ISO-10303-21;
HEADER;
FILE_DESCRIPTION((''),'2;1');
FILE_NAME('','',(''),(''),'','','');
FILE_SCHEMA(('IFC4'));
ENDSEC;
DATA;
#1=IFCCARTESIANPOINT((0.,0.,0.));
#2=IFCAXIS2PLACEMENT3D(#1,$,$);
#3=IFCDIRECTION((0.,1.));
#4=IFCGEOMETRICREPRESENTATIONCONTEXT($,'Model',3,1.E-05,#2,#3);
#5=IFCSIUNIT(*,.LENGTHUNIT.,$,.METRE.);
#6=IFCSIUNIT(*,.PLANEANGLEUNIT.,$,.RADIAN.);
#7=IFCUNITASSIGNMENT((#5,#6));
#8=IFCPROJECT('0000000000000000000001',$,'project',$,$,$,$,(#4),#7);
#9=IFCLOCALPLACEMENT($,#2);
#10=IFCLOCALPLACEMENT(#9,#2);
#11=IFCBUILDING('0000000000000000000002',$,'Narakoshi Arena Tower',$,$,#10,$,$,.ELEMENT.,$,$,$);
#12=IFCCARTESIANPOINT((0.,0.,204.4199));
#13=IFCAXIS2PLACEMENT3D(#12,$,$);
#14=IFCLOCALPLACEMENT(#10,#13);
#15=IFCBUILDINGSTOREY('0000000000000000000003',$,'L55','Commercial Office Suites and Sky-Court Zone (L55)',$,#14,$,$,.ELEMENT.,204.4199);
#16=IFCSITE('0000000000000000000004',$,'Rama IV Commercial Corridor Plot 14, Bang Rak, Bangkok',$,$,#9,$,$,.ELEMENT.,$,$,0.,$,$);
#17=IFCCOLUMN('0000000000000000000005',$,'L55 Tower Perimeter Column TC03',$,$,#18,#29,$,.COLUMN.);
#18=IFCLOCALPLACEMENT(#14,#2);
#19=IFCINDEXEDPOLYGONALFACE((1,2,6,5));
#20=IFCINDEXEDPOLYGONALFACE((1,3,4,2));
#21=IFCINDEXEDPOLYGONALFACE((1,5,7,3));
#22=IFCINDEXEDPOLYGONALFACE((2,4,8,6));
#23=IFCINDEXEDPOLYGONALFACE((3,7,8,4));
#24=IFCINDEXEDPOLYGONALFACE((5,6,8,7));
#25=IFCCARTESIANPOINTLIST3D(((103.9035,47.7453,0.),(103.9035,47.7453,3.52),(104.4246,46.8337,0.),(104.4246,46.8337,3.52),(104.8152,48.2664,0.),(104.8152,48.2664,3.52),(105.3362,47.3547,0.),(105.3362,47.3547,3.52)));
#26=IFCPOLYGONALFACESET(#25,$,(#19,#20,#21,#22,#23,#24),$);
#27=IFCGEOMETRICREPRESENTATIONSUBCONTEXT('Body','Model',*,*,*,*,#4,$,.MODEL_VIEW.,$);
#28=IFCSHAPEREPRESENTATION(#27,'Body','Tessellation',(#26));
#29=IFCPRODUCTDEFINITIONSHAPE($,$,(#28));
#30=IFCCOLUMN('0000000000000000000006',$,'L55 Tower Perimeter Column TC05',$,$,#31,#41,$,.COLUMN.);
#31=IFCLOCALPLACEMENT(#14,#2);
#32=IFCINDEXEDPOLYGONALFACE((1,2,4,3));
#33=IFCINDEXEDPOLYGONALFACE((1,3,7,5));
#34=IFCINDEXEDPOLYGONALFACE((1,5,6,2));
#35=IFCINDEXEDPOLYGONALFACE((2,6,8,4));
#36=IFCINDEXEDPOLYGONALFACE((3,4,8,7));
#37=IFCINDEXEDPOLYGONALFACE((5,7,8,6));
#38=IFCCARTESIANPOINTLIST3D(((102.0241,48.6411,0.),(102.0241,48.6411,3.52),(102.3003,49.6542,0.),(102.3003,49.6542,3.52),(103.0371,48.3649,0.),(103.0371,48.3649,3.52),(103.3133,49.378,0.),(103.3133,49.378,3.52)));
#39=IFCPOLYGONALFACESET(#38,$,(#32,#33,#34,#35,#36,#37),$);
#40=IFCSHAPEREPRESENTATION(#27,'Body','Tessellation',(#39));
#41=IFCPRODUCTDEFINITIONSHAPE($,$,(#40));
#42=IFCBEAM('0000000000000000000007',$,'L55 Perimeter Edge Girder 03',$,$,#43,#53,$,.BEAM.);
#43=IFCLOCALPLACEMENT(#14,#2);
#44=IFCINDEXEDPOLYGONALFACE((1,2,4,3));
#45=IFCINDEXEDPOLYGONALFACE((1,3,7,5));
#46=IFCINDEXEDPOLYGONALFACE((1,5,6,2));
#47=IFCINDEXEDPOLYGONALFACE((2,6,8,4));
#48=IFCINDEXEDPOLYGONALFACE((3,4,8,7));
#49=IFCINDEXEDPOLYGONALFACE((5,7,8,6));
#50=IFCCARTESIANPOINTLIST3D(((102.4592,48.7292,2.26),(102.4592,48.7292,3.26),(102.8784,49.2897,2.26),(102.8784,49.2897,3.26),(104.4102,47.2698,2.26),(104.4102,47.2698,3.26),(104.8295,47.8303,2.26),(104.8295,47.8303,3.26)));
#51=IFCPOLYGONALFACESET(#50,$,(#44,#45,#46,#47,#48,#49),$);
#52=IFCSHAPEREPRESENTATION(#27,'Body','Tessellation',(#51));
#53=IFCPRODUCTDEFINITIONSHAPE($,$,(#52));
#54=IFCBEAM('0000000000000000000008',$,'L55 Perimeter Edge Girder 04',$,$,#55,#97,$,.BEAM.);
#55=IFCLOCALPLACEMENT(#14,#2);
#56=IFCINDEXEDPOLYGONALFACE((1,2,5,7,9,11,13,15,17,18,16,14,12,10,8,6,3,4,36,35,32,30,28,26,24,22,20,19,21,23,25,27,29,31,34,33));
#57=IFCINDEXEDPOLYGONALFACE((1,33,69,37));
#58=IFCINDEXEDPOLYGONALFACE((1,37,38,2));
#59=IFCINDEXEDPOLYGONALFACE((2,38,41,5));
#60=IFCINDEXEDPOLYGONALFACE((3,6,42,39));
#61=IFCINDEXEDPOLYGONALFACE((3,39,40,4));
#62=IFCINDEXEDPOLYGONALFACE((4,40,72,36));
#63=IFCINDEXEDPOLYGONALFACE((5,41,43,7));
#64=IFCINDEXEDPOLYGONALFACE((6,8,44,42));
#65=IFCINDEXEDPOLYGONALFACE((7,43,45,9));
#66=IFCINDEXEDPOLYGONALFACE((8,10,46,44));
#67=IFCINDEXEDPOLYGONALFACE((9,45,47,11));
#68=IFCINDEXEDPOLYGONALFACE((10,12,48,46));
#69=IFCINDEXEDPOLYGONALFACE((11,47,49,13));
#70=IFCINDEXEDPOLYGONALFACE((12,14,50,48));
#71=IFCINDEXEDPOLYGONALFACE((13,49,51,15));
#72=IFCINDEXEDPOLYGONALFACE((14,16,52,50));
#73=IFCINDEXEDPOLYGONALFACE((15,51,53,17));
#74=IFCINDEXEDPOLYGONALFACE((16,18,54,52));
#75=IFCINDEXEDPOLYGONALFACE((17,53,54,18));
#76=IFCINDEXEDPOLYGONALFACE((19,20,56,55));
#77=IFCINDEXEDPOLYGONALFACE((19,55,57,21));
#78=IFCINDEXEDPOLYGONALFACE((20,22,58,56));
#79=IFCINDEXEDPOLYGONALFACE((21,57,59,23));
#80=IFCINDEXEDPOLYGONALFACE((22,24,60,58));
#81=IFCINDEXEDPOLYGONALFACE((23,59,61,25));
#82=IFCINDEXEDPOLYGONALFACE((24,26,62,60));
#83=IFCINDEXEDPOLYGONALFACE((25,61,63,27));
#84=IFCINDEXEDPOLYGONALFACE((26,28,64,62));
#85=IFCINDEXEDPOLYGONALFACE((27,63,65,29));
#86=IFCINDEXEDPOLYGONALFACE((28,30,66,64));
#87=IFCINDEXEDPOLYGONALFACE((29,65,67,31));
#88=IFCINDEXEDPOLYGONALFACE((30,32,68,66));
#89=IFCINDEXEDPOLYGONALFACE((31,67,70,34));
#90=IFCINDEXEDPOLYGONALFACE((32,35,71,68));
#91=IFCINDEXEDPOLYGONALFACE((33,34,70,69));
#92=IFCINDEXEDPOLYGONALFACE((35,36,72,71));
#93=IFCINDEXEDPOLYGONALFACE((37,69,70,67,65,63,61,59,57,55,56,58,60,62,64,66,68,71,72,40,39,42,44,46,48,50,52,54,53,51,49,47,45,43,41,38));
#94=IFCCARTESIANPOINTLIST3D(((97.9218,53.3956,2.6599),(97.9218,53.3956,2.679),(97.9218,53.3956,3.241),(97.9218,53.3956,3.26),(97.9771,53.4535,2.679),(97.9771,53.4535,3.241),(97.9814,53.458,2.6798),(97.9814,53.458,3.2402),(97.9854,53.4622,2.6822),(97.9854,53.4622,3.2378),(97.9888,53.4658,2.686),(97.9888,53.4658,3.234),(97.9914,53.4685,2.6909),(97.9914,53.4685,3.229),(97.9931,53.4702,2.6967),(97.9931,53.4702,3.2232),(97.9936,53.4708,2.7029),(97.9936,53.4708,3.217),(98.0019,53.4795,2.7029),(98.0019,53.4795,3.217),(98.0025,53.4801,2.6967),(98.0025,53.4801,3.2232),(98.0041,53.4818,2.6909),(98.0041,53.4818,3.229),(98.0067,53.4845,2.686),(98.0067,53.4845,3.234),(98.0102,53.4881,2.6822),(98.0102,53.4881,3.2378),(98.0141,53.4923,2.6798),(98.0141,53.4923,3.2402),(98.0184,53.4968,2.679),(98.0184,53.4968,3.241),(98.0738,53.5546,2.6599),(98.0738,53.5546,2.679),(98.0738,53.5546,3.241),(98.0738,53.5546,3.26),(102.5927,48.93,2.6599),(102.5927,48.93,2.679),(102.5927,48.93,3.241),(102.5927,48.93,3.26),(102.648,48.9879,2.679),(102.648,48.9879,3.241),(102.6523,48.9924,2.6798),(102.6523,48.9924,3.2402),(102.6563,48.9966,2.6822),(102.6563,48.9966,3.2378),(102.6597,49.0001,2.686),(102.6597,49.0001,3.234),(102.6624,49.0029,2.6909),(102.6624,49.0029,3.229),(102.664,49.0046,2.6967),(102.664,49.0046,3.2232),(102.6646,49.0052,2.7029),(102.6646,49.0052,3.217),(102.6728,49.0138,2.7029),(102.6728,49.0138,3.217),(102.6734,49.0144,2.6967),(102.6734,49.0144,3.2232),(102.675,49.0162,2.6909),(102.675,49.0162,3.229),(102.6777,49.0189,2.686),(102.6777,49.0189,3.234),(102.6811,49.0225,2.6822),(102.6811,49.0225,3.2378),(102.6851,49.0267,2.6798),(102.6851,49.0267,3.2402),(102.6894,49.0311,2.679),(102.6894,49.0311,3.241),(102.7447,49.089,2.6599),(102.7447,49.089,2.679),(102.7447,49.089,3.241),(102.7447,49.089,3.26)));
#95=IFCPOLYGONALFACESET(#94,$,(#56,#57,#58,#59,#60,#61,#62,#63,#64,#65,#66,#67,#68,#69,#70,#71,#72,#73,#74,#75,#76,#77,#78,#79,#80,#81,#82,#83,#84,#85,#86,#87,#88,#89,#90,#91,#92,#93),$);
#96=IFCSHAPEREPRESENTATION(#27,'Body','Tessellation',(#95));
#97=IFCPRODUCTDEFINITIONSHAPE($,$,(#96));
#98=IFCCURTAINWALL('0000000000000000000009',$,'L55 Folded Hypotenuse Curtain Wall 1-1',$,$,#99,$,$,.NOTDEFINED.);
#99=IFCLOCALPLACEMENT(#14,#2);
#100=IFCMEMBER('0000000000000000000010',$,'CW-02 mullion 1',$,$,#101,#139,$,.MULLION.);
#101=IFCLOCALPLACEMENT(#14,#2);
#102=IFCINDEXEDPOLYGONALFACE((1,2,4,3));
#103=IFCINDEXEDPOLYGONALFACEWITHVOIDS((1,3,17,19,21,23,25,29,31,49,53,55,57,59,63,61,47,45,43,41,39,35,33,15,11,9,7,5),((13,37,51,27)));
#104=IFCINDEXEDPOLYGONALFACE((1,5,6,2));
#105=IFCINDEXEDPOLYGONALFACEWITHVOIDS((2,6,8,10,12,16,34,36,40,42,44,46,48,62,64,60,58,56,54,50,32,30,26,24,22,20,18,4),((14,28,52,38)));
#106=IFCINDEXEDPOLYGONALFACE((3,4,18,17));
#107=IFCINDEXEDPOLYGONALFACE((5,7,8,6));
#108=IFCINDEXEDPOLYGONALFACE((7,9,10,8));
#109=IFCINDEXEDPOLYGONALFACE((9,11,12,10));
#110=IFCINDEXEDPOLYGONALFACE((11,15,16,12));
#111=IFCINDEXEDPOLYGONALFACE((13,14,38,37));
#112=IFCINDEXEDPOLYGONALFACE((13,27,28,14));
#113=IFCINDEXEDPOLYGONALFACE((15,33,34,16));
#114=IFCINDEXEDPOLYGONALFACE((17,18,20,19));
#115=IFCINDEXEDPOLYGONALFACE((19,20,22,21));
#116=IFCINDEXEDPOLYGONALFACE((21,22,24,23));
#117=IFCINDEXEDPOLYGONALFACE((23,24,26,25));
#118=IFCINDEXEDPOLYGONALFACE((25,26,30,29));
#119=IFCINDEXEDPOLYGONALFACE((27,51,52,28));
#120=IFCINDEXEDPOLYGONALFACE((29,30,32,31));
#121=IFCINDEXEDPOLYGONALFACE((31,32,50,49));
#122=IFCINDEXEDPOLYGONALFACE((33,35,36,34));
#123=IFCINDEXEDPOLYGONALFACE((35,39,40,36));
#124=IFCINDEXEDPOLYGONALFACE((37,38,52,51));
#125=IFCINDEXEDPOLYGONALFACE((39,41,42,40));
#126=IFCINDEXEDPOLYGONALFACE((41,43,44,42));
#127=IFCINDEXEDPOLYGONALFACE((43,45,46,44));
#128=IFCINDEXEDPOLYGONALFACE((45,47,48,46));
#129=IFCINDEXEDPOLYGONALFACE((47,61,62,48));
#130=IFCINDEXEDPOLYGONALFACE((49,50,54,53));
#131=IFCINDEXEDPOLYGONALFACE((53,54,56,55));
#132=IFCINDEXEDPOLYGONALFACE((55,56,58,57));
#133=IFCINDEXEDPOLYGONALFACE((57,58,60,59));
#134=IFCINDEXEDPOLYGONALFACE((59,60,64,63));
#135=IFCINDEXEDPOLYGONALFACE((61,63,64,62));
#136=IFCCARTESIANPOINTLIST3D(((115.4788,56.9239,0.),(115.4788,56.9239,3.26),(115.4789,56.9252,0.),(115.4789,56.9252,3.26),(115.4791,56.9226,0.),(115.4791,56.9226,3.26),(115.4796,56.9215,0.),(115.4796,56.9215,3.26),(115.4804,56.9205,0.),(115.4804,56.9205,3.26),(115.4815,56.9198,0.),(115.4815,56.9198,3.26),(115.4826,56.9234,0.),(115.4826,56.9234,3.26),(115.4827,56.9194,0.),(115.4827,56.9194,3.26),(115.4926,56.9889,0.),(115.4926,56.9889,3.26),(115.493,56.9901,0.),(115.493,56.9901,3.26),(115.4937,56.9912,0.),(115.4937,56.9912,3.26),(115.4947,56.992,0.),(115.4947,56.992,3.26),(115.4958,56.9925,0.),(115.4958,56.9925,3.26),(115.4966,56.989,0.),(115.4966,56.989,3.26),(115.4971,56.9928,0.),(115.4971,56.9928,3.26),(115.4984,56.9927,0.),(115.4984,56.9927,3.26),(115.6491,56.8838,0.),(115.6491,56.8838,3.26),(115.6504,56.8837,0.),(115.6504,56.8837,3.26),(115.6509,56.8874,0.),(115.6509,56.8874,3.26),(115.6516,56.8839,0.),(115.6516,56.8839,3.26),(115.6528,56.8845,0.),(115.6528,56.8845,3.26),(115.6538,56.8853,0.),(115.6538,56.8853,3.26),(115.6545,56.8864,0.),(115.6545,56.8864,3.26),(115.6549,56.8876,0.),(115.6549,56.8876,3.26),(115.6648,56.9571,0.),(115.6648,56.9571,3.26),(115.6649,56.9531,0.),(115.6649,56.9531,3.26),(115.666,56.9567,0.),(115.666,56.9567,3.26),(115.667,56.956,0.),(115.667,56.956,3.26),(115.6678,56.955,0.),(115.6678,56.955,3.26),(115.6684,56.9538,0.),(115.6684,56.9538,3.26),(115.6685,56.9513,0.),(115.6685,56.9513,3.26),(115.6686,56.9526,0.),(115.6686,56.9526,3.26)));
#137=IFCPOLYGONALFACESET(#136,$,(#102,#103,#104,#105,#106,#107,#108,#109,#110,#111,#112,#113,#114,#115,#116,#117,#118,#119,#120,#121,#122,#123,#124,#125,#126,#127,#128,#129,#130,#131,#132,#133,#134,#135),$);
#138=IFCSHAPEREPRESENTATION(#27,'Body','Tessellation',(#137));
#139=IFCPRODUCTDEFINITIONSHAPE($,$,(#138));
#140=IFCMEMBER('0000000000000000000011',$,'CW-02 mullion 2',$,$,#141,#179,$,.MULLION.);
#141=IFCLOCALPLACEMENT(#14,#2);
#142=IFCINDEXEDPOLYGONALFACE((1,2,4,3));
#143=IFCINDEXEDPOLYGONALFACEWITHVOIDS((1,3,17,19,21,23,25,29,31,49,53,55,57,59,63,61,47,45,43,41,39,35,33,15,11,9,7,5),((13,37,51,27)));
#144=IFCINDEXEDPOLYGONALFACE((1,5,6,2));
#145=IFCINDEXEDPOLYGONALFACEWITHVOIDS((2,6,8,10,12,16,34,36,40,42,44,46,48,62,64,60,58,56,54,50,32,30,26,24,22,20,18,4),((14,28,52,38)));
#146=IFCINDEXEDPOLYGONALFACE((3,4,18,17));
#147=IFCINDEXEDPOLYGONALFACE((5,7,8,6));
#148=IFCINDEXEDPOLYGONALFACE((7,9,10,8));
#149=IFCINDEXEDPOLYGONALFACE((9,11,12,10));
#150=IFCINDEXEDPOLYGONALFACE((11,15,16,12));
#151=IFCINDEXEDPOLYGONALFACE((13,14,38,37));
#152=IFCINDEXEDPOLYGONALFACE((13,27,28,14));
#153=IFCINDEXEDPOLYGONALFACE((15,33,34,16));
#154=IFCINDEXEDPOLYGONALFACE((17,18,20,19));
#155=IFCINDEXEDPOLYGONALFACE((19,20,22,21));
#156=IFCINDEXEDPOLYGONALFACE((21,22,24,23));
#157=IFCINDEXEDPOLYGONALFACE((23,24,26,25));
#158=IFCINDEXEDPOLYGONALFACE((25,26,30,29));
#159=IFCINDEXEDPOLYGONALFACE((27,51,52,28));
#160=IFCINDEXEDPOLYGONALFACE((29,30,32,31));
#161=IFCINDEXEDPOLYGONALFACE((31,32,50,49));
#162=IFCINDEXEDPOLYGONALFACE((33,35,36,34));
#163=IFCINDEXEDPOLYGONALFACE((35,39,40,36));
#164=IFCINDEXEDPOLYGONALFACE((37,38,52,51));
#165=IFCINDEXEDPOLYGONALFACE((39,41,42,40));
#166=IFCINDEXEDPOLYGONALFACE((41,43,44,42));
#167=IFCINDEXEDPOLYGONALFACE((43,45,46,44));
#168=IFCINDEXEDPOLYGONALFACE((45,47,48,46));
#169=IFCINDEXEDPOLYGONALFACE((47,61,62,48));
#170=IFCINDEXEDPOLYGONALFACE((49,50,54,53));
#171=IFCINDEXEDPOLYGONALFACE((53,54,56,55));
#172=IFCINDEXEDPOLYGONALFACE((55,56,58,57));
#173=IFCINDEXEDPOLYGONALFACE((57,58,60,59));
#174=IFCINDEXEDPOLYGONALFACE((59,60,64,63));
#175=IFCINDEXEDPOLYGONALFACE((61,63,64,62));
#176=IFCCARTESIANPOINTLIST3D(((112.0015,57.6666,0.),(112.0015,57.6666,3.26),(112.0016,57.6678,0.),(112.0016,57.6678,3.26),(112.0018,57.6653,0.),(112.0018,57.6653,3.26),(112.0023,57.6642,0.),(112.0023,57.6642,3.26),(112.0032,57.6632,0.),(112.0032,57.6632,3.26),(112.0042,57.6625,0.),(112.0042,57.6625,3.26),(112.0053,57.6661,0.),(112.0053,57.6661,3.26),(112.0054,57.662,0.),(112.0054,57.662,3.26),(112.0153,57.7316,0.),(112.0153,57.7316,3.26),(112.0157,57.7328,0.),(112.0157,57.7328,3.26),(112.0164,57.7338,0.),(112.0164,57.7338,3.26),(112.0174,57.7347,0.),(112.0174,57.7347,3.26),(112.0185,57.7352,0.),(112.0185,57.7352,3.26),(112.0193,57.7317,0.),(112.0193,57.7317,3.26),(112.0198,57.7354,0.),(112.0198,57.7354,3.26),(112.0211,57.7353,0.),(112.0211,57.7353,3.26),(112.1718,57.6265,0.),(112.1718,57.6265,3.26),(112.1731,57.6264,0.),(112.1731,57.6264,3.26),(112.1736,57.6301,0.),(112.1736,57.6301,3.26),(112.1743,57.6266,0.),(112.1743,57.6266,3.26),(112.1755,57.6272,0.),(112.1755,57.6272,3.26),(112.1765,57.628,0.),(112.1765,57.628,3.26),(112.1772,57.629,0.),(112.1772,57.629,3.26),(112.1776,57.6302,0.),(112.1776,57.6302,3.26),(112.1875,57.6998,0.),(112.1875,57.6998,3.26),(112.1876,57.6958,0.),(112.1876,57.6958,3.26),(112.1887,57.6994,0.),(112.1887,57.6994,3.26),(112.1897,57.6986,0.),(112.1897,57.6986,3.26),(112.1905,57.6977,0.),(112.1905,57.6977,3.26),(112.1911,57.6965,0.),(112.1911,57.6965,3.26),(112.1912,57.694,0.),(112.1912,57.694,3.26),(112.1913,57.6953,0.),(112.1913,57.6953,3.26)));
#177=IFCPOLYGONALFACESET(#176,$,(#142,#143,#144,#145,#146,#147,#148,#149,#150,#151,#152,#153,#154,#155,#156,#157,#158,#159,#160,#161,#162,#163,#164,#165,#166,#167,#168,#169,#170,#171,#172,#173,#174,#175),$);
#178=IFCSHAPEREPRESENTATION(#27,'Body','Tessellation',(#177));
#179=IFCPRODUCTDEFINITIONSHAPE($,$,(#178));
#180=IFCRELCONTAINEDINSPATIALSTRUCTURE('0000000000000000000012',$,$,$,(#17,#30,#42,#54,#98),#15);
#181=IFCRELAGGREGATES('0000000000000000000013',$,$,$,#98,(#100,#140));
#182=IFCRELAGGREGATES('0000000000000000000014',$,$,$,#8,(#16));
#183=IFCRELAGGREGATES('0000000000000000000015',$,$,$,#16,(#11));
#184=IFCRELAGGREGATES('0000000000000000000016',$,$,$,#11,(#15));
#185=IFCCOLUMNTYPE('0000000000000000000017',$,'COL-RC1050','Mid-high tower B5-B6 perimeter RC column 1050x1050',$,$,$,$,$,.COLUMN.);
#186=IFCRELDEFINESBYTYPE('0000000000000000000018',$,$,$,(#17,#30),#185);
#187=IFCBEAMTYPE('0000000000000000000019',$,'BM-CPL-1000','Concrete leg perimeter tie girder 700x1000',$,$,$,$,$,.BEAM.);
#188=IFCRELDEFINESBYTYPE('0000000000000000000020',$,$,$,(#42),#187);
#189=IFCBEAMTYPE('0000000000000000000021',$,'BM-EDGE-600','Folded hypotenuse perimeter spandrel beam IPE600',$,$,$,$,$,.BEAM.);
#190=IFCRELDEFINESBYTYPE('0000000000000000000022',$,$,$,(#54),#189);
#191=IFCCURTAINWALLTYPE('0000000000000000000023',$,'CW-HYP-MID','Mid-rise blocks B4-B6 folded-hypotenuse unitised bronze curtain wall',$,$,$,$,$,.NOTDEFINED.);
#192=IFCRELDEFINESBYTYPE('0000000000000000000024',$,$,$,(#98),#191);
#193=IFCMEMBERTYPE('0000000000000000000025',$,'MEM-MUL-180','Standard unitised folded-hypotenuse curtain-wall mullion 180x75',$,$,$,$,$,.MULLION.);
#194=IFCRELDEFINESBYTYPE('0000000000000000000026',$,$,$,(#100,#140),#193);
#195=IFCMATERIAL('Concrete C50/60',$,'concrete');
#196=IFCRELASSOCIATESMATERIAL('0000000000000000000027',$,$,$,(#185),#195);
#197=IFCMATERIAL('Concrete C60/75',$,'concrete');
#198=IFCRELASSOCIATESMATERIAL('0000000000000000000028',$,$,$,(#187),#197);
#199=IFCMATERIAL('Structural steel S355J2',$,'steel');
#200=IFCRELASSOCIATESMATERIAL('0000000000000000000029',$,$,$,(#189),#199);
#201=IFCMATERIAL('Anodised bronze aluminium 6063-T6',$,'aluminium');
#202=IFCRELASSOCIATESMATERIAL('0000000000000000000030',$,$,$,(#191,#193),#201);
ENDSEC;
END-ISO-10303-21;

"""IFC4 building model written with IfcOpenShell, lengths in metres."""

from ifc_helpers import new_model, si_unit, direction, frame, origin, origin_2d, place, context, subcontext, project, spatial, rectangle, hollow_rectangle, i_section, extrude, material, material_profile, profile_set, type_object, element, aggregate, save


model = new_model("IFC4")

# Units and contexts
model_context = context("Model", 3, precision=1e-05, world=origin(), true_north=direction((0.0, 1.0)))
body_context = subcontext(model_context, "Body", "Model", "MODEL_VIEW")
ifc_project = project(units=[si_unit("LENGTHUNIT", "METRE"), si_unit("PLANEANGLEUNIT", "RADIAN")], contexts=[model_context])

# Site, building, storey
site_placement = place(None, origin())
site = spatial("IfcSite", under=ifc_project, at=site_placement, Name="Rama IV Commercial Corridor Plot 14, Bang Rak, Bangkok", CompositionType="ELEMENT", RefElevation=0.0)
building_placement = place(site_placement, origin())
building = spatial("IfcBuilding", under=site, at=building_placement, Name="Narakoshi Arena Tower", CompositionType="ELEMENT")
storey_placement = place(building_placement, frame((0.0, 0.0, 204.4199)))
storey = spatial("IfcBuildingStorey", under=building, at=storey_placement, Name="L55", Description="Commercial Office Suites and Sky-Court Zone (L55)", CompositionType="ELEMENT", Elevation=204.4199)

# Columns
ifc_material_1 = material(Name="Concrete C50/60", Category="concrete")
ifc_material_profile_1 = material_profile(ifc_material_1, rectangle(XDim=1.05, YDim=1.05, at=origin_2d()), Name="RC1050x1050")
ifc_profile_set_1 = profile_set([ifc_material_profile_1], Name="Concrete C50/60")
column_type = type_object("IfcColumnType", Name="COL-RC1050", Description="Mid-high tower B5-B6 perimeter RC column 1050x1050", PredefinedType="COLUMN", material=ifc_profile_set_1)
for number, where, z_axis, x_axis, name in (
    (1, (104.6199, 47.55, 0.0), (0.0, 0.0, 1.0), (0.868199, 0.496217, 0.0), "L55 Tower Perimeter Column TC03"),
    (2, (102.6687, 49.0095, 0.0), (0.0, 0.0, 1.0), (0.263031, 0.964787, 0.0), "L55 Tower Perimeter Column TC05"),
):
    element("IfcColumn", number, at=place(storey_placement, frame(where, z_axis=z_axis, x_axis=x_axis)), inside=storey, type_object=column_type, Name=name, PredefinedType="COLUMN", context=body_context, shape_type="SweptSolid", body=[
        extrude(rectangle(XDim=1.05, YDim=1.05, at=origin_2d()), origin(), (0.0, 0.0, 1.0), 3.52),
    ])

# Beams
ifc_material_2 = material(Name="Concrete C60/75", Category="concrete")
ifc_material_profile_2 = material_profile(ifc_material_2, rectangle(XDim=0.7, YDim=1.0, at=origin_2d()), Name="RCB700x1000")
ifc_profile_set_2 = profile_set([ifc_material_profile_2], Name="Concrete C60/75")
beam_type_1 = type_object("IfcBeamType", Name="BM-CPL-1000", Description="Concrete leg perimeter tie girder 700x1000", PredefinedType="BEAM", material=ifc_profile_set_2)
beam_1_placement = place(storey_placement, frame((104.6199, 47.55, 2.76), z_axis=(-0.800769, 0.598973, 0.0), x_axis=(-0.598973, -0.800769, 0.0)))
element("IfcBeam", 3, at=beam_1_placement, inside=storey, type_object=beam_type_1, Name="L55 Perimeter Edge Girder 03", PredefinedType="BEAM", context=body_context, shape_type="SweptSolid", body=[
    extrude(rectangle(XDim=0.7, YDim=1.0, at=origin_2d()), origin(), (0.0, 0.0, 1.0), 2.4365),
])
ifc_material_3 = material(Name="Structural steel S355J2", Category="steel")
ifc_material_profile_3 = material_profile(ifc_material_3, i_section(OverallWidth=0.22, OverallDepth=0.6001, WebThickness=0.012, FlangeThickness=0.019, FilletRadius=0.0239, at=origin_2d()), Name="IPE600")
ifc_profile_set_3 = profile_set([ifc_material_profile_3], Name="Structural steel S355J2")
beam_type_2 = type_object("IfcBeamType", Name="BM-EDGE-600", Description="Folded hypotenuse perimeter spandrel beam IPE600", PredefinedType="BEAM", material=ifc_profile_set_3)
beam_2_placement = place(storey_placement, frame((102.6687, 49.0095, 2.96), z_axis=(-0.722815, 0.691042, 0.0), x_axis=(-0.691042, -0.722815, 0.0)))
element("IfcBeam", 4, at=beam_2_placement, inside=storey, type_object=beam_type_2, Name="L55 Perimeter Edge Girder 04", PredefinedType="BEAM", context=body_context, shape_type="SweptSolid", body=[
    extrude(i_section(OverallWidth=0.22, OverallDepth=0.6001, WebThickness=0.012, FlangeThickness=0.019, FilletRadius=0.0239, at=origin_2d()), origin(), (0.0, 0.0, 1.0), 6.4622),
])

# Curtain wall, members
ifc_material_4 = material(Name="Anodised bronze aluminium 6063-T6", Category="aluminium")
curtain_wall_type = type_object("IfcCurtainWallType", Name="CW-HYP-MID", Description="Mid-rise blocks B4-B6 folded-hypotenuse unitised bronze curtain wall", PredefinedType="NOTDEFINED", material=ifc_material_4)
curtain_wall_placement = place(storey_placement, origin())
curtain_wall = element("IfcCurtainWall", 5, at=curtain_wall_placement, inside=storey, type_object=curtain_wall_type, Name="L55 Folded Hypotenuse Curtain Wall 1-1", PredefinedType="NOTDEFINED")
ifc_material_profile_4 = material_profile(ifc_material_4, hollow_rectangle(XDim=0.075, YDim=0.1799, WallThickness=0.0039, OuterFilletRadius=0.0049, at=origin_2d()), Name="MUL180x75x4")
ifc_profile_set_4 = profile_set([ifc_material_profile_4], Name="Anodised bronze aluminium 6063-T6")
member_type_1 = type_object("IfcMemberType", Name="MEM-MUL-180", Description="Standard unitised folded-hypotenuse curtain-wall mullion 180x75", PredefinedType="MULLION", material=ifc_profile_set_4)
member_1_placement = place(storey_placement, frame((115.5737, 56.9382, 0.0), z_axis=(0.0, 0.0, 1.0), x_axis=(-0.208899, -0.977937, 0.0)))
member_1 = element("IfcMember", 6, at=member_1_placement, type_object=member_type_1, Name="CW-02 mullion 1", PredefinedType="MULLION", context=body_context, shape_type="SweptSolid", body=[
    extrude(hollow_rectangle(XDim=0.075, YDim=0.1799, WallThickness=0.0039, OuterFilletRadius=0.0049, at=origin_2d()), origin(), (0.0, 0.0, 1.0), 3.26),
])
member_2_placement = place(storey_placement, frame((112.0964, 57.6809, 0.0), z_axis=(0.0, 0.0, 1.0), x_axis=(-0.208899, -0.977937, 0.0)))
member_2 = element("IfcMember", 7, at=member_2_placement, type_object=member_type_1, Name="CW-02 mullion 2", PredefinedType="MULLION", context=body_context, shape_type="SweptSolid", body=[
    extrude(hollow_rectangle(XDim=0.075, YDim=0.1799, WallThickness=0.0039, OuterFilletRadius=0.0049, at=origin_2d()), origin(), (0.0, 0.0, 1.0), 3.26),
])
aggregate(curtain_wall, [member_1, member_2])

save(model, "model.ifc")
